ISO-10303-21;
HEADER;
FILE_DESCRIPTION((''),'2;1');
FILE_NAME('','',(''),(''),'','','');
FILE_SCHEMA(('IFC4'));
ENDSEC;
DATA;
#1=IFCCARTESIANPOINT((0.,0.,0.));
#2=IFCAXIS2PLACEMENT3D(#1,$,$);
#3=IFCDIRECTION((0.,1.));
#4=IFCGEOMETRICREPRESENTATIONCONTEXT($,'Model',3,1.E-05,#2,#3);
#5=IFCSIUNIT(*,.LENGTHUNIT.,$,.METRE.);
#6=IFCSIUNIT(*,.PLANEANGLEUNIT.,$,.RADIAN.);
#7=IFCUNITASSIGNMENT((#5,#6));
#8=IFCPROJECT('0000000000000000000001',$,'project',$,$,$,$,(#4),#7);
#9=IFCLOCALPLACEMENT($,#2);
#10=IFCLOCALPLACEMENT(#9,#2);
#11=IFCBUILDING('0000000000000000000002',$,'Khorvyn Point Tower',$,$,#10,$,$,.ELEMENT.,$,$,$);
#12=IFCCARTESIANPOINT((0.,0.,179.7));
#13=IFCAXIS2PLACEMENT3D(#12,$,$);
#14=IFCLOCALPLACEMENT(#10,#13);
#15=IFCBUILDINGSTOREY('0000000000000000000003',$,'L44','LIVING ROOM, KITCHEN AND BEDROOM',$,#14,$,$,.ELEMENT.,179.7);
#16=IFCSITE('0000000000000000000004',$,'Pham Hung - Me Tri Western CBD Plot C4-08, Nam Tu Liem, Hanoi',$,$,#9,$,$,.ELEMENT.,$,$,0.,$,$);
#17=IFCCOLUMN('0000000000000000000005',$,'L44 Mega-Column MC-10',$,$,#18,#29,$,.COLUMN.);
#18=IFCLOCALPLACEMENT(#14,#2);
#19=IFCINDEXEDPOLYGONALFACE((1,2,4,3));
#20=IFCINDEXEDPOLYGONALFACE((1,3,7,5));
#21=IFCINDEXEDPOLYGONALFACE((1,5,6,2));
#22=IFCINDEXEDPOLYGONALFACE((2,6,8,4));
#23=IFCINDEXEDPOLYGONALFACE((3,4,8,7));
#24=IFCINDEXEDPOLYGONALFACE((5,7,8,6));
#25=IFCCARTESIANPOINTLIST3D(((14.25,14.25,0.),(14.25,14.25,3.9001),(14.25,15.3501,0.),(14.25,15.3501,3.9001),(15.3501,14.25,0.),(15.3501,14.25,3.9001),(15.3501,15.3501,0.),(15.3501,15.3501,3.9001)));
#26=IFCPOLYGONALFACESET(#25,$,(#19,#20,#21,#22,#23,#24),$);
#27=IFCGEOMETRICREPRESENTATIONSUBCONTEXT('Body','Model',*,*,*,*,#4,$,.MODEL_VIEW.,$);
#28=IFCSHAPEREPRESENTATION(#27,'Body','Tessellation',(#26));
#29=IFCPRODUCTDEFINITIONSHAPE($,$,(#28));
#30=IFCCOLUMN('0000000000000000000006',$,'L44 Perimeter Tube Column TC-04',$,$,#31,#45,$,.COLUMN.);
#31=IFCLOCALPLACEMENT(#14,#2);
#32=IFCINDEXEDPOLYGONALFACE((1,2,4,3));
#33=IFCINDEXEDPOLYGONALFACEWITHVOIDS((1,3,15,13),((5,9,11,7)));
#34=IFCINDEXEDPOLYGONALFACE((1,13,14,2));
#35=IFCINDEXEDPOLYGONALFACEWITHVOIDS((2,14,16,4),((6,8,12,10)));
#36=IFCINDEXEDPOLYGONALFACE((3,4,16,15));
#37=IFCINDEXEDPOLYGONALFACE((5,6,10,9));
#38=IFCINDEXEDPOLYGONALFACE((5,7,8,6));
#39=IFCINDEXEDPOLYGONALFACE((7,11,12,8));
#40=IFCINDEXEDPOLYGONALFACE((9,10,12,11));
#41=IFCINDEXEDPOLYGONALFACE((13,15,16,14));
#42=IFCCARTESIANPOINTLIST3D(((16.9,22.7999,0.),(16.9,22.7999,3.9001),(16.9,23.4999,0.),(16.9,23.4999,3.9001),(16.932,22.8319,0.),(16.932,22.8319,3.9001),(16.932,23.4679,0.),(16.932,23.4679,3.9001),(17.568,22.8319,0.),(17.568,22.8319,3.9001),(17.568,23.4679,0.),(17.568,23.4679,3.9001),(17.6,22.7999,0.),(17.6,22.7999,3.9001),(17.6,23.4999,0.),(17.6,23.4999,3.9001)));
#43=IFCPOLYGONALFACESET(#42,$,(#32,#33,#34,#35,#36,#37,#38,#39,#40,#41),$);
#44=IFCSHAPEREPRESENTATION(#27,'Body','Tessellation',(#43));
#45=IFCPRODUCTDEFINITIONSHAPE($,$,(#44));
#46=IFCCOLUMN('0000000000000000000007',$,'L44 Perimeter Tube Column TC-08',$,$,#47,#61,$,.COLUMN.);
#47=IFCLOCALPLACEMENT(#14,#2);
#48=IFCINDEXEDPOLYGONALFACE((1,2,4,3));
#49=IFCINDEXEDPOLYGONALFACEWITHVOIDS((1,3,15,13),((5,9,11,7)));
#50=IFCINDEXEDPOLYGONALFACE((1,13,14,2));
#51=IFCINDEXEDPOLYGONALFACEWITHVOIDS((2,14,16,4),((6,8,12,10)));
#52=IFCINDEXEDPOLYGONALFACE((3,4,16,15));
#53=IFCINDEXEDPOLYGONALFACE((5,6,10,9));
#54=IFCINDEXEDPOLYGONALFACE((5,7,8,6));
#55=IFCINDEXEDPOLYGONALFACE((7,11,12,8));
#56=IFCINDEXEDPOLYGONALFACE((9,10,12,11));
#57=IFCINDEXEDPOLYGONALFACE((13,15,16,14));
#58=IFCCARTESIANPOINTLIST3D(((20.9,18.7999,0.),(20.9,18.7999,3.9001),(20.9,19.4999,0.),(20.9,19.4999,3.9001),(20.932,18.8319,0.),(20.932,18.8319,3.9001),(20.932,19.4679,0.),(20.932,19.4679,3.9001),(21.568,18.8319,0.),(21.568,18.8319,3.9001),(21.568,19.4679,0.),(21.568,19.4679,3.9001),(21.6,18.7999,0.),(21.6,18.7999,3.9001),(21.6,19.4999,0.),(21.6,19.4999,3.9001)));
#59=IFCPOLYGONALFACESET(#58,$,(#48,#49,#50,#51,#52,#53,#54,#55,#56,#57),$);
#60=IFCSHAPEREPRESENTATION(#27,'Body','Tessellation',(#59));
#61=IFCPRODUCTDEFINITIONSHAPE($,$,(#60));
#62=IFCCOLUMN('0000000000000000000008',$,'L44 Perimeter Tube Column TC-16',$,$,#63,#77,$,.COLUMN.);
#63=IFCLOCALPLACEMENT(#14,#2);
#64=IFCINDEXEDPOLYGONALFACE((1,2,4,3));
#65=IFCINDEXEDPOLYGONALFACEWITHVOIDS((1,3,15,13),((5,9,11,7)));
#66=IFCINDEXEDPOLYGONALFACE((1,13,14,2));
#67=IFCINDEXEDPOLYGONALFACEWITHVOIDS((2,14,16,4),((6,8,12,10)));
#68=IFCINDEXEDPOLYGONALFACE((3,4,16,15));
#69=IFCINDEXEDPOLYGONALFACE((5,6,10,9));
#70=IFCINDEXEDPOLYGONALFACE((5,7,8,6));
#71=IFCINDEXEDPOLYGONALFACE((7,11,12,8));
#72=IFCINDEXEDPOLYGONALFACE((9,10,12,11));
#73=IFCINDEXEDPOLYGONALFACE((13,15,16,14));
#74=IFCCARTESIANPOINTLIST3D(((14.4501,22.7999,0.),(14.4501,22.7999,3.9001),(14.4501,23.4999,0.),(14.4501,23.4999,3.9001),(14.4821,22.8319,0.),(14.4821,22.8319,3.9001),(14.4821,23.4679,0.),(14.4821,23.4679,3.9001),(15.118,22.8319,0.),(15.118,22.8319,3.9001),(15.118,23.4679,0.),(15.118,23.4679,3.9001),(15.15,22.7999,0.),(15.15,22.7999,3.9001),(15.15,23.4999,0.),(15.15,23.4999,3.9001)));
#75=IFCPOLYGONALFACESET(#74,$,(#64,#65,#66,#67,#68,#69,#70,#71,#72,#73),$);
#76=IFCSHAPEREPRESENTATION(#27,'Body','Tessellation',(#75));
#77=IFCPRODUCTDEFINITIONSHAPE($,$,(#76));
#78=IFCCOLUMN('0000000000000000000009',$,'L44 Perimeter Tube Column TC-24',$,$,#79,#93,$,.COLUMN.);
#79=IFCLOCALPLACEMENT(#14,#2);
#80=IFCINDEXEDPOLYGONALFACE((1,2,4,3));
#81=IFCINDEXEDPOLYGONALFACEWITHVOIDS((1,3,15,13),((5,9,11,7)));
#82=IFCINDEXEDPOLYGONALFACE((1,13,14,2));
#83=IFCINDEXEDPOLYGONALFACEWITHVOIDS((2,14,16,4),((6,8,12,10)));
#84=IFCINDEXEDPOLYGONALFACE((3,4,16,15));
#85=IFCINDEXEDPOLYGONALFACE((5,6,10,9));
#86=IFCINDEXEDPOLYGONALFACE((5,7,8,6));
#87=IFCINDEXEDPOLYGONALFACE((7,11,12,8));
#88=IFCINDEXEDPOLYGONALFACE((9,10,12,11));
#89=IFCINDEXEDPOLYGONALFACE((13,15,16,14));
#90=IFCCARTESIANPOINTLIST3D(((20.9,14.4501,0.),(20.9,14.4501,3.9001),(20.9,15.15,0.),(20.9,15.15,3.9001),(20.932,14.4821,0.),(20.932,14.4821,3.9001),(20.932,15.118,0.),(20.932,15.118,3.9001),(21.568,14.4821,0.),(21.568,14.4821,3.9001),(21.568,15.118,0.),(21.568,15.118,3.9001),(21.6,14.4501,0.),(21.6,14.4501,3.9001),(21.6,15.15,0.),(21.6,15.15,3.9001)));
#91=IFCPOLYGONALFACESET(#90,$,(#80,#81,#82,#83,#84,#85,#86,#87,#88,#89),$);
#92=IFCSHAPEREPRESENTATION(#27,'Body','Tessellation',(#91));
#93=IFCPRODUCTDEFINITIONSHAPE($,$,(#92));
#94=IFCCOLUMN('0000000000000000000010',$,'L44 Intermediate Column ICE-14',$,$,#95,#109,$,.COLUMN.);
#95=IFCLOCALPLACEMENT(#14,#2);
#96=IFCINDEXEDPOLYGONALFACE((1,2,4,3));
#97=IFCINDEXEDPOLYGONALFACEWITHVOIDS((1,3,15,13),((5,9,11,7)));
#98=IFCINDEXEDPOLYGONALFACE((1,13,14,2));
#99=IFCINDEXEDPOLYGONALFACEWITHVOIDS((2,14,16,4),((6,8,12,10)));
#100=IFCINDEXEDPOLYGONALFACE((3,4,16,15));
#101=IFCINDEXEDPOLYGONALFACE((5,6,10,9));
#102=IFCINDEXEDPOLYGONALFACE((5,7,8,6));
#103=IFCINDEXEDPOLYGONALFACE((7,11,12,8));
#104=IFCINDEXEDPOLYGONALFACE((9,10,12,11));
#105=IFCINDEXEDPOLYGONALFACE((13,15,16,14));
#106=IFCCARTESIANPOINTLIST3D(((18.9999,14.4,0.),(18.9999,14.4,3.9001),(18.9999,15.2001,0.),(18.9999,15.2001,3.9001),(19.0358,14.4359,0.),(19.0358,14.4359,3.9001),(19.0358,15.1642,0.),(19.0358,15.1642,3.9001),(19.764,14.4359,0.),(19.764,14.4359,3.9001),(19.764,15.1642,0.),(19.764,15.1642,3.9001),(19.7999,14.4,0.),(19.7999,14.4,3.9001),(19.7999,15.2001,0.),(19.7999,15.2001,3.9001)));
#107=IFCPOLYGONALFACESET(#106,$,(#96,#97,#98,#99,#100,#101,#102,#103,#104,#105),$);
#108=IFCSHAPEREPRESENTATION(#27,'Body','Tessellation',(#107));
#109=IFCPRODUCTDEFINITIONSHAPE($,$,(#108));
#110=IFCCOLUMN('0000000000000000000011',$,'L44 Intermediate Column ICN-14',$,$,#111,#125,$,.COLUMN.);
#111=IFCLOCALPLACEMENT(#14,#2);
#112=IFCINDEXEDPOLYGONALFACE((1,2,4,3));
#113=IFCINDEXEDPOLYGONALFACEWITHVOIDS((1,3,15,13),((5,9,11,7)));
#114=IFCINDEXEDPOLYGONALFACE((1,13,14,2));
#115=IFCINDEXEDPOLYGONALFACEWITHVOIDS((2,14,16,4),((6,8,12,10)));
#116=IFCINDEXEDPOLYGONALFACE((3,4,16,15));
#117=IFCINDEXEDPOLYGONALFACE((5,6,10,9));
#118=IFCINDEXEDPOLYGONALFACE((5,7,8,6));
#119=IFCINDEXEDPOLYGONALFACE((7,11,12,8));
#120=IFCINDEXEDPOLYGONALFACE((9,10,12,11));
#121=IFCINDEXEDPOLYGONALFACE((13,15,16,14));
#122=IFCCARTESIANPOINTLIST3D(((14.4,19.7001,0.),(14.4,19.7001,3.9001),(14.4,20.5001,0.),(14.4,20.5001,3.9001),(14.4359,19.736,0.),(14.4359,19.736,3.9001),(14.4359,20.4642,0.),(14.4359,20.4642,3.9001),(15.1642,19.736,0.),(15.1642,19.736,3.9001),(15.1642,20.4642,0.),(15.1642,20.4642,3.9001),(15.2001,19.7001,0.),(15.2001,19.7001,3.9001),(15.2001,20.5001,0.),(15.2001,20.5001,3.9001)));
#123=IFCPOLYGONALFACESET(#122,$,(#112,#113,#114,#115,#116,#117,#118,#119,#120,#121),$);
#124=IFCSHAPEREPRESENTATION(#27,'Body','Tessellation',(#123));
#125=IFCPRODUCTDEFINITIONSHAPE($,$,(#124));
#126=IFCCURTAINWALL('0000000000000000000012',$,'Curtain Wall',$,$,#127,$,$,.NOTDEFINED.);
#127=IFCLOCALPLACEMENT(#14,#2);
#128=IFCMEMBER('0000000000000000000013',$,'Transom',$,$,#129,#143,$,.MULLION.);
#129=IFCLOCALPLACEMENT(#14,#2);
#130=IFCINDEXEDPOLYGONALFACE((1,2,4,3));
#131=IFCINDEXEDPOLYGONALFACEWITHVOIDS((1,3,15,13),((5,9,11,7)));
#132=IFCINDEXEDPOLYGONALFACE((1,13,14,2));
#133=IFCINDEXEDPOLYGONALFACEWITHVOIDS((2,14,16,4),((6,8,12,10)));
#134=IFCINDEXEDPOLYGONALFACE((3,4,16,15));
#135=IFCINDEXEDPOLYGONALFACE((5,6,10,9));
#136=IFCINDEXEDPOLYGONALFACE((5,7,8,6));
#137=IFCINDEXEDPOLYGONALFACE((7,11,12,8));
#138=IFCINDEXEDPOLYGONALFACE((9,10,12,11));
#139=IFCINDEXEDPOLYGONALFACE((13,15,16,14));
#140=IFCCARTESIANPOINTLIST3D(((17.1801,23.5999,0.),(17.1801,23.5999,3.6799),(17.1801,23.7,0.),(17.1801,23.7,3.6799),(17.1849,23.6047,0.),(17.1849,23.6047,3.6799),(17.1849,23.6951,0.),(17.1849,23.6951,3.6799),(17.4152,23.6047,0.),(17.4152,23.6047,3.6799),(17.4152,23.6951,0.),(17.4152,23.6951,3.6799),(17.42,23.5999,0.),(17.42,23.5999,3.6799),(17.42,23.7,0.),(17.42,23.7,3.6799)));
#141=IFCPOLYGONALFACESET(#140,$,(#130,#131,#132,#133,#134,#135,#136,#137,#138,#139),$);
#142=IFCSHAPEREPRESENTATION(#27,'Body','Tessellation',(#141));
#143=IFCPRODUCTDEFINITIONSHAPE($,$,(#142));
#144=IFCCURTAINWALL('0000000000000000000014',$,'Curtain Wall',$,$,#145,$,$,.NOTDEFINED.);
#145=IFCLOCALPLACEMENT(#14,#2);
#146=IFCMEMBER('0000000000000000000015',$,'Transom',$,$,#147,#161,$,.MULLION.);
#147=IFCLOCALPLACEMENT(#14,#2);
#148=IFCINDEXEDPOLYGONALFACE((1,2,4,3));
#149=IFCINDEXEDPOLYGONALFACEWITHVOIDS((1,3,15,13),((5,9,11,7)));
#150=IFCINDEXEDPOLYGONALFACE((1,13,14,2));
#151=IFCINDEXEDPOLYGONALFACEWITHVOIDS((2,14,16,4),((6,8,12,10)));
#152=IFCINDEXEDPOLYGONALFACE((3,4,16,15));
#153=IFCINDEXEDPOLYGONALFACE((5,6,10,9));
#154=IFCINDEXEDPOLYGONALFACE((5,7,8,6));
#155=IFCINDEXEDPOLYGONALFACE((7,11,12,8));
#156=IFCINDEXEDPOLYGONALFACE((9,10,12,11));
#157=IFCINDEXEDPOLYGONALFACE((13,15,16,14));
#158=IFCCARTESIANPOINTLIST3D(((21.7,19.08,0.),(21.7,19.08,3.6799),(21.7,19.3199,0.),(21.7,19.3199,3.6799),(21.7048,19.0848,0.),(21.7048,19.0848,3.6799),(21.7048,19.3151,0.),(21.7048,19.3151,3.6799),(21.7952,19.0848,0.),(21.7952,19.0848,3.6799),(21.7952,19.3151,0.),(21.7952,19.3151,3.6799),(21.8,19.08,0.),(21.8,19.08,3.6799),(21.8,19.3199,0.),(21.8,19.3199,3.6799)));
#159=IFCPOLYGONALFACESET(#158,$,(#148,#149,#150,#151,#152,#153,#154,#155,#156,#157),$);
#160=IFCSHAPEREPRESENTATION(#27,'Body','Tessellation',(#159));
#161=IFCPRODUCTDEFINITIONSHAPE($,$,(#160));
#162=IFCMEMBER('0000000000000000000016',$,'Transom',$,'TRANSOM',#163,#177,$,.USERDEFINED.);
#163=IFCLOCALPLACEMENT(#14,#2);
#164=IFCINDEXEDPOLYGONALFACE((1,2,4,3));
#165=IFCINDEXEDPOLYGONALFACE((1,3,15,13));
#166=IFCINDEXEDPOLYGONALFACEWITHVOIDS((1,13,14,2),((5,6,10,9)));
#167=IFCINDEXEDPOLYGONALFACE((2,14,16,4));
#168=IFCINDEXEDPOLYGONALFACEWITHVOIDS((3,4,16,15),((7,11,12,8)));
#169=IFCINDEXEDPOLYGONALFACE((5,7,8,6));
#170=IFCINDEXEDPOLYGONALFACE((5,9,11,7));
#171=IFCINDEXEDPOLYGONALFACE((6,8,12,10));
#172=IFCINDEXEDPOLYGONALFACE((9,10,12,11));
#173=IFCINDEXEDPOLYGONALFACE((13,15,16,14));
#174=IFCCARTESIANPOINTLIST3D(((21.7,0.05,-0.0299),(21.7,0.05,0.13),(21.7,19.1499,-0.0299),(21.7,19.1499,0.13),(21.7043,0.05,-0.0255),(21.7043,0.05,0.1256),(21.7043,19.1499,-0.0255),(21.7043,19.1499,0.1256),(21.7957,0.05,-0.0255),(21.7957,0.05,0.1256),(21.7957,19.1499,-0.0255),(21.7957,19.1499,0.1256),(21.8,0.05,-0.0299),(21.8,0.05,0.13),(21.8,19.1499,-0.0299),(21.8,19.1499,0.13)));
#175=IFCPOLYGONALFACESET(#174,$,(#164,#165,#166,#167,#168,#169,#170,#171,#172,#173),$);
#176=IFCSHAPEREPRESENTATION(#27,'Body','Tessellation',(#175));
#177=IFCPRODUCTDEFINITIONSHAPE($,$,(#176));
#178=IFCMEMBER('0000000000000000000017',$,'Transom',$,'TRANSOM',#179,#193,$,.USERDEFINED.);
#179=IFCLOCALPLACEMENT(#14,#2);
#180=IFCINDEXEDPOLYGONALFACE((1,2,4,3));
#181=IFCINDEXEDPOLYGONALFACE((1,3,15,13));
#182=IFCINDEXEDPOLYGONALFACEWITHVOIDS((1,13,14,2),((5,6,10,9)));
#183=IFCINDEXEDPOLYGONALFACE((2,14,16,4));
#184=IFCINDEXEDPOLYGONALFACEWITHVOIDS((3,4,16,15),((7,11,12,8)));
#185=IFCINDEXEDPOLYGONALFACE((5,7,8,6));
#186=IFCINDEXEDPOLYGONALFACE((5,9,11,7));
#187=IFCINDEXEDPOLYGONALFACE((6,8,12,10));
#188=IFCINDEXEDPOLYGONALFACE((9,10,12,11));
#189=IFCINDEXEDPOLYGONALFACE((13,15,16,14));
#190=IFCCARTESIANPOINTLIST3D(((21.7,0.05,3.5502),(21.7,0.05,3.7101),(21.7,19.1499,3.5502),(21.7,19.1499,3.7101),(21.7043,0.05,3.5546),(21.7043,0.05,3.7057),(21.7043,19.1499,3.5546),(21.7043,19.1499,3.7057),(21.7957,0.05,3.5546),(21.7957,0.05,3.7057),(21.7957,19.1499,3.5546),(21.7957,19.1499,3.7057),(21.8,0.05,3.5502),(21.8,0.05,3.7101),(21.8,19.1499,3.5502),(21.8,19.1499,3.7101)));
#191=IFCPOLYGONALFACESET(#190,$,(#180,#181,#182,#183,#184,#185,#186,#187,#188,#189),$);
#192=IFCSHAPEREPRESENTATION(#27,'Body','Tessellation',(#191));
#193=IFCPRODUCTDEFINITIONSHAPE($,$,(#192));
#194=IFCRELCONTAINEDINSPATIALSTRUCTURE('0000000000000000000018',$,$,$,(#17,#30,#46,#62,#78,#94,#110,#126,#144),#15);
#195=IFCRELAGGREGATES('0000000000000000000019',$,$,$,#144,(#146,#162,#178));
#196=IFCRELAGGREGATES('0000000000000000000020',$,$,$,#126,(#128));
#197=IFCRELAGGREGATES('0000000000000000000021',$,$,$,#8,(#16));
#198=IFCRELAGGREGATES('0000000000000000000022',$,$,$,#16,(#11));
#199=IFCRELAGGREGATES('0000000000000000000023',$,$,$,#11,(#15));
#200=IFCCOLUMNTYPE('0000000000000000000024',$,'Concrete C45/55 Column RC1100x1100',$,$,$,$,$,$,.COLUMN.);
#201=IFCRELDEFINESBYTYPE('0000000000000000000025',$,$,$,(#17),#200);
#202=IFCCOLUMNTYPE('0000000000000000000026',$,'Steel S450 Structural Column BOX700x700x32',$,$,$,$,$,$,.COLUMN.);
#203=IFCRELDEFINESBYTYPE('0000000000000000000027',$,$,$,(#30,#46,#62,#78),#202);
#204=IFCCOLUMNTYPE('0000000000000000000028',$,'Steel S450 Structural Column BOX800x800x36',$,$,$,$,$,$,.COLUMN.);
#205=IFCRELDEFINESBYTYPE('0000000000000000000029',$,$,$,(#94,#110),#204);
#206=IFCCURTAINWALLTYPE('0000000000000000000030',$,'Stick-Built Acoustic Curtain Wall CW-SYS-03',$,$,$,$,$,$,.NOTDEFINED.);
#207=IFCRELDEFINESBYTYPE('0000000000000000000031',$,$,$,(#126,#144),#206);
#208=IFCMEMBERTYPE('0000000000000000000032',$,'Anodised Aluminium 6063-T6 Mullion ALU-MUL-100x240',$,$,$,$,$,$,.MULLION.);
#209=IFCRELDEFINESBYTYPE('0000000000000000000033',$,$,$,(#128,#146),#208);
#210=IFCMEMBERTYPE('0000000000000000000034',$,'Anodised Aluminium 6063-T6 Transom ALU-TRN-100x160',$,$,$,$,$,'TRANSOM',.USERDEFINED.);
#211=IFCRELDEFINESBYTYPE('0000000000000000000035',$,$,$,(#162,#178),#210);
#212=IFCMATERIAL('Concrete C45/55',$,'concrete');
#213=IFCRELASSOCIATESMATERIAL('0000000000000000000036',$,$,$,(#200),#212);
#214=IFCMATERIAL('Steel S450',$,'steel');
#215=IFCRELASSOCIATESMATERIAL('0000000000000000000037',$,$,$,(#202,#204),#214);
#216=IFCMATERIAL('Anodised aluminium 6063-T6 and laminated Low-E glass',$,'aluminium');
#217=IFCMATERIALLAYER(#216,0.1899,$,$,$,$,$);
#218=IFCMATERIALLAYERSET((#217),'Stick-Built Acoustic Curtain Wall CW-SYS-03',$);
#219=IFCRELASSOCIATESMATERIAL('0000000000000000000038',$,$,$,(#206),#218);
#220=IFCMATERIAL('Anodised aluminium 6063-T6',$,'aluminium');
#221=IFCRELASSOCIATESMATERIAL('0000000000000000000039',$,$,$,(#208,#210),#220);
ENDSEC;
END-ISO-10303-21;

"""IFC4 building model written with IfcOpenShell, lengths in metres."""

from ifc_helpers import new_model, si_unit, direction, frame, origin, origin_2d, place, context, subcontext, project, spatial, rectangle, hollow_rectangle, extrude, material, layer, layer_set, material_profile, profile_set, type_object, element, aggregate, save


model = new_model("IFC4")

# Units and contexts
model_context = context("Model", 3, precision=1e-05, world=origin(), true_north=direction((0.0, 1.0)))
body_context = subcontext(model_context, "Body", "Model", "MODEL_VIEW")
ifc_project = project(units=[si_unit("LENGTHUNIT", "METRE"), si_unit("PLANEANGLEUNIT", "RADIAN")], contexts=[model_context])

# Site, building, storey
site_placement = place(None, origin())
site = spatial("IfcSite", under=ifc_project, at=site_placement, Name="Pham Hung - Me Tri Western CBD Plot C4-08, Nam Tu Liem, Hanoi", CompositionType="ELEMENT", RefElevation=0.0)
building_placement = place(site_placement, origin())
building = spatial("IfcBuilding", under=site, at=building_placement, Name="Khorvyn Point Tower", CompositionType="ELEMENT")
storey_placement = place(building_placement, frame((0.0, 0.0, 179.7)))
storey = spatial("IfcBuildingStorey", under=building, at=storey_placement, Name="L44", Description="LIVING ROOM, KITCHEN AND BEDROOM", CompositionType="ELEMENT", Elevation=179.7)

# Columns
ifc_material_1 = material(Name="Concrete C45/55", Category="concrete")
ifc_material_profile_1 = material_profile(ifc_material_1, rectangle(XDim=1.1001, YDim=1.1001, at=origin_2d()))
ifc_profile_set_1 = profile_set([ifc_material_profile_1], Name="Concrete C45/55 RC1100x1100")
column_type_1 = type_object("IfcColumnType", Name="Concrete C45/55 Column RC1100x1100", PredefinedType="COLUMN", material=ifc_profile_set_1)
column_placement = place(storey_placement, frame((14.8, 14.8, 0.0), z_axis=(0.0, 0.0, 1.0), x_axis=(1.0, 0.0, 0.0)))
element("IfcColumn", 1, at=column_placement, inside=storey, type_object=column_type_1, Name="L44 Mega-Column MC-10", PredefinedType="COLUMN", context=body_context, shape_type="SweptSolid", body=[
    extrude(rectangle(XDim=1.1001, YDim=1.1001, at=origin_2d()), origin(), (0.0, 0.0, 1.0), 3.9001),
])
ifc_material_2 = material(Name="Steel S450", Category="steel")
ifc_material_profile_2 = material_profile(ifc_material_2, hollow_rectangle(XDim=0.7, YDim=0.7, WallThickness=0.032, at=origin_2d()))
ifc_profile_set_2 = profile_set([ifc_material_profile_2], Name="Steel S450 BOX700x700x32")
column_type_2 = type_object("IfcColumnType", Name="Steel S450 Structural Column BOX700x700x32", PredefinedType="COLUMN", material=ifc_profile_set_2)
for number, where, z_axis, x_axis, name in (
    (2, (17.25, 23.1499, 0.0), (0.0, 0.0, 1.0), (1.0, 0.0, 0.0), "L44 Perimeter Tube Column TC-04"),
    (3, (21.25, 19.1499, 0.0), (0.0, 0.0, 1.0), (1.0, 0.0, 0.0), "L44 Perimeter Tube Column TC-08"),
    (4, (14.8, 23.1499, 0.0), (0.0, 0.0, 1.0), (1.0, 0.0, 0.0), "L44 Perimeter Tube Column TC-16"),
    (5, (21.25, 14.8, 0.0), (0.0, 0.0, 1.0), (1.0, 0.0, 0.0), "L44 Perimeter Tube Column TC-24"),
):
    element("IfcColumn", number, at=place(storey_placement, frame(where, z_axis=z_axis, x_axis=x_axis)), inside=storey, type_object=column_type_2, Name=name, PredefinedType="COLUMN", context=body_context, shape_type="SweptSolid", body=[
        extrude(hollow_rectangle(XDim=0.7, YDim=0.7, WallThickness=0.032, at=origin_2d()), origin(), (0.0, 0.0, 1.0), 3.9001),
    ])
ifc_material_profile_3 = material_profile(ifc_material_2, hollow_rectangle(XDim=0.8, YDim=0.8, WallThickness=0.0359, at=origin_2d()))
ifc_profile_set_3 = profile_set([ifc_material_profile_3], Name="Steel S450 BOX800x800x36")
column_type_3 = type_object("IfcColumnType", Name="Steel S450 Structural Column BOX800x800x36", PredefinedType="COLUMN", material=ifc_profile_set_3)
for number, where, z_axis, x_axis, name in (
    (6, (19.3999, 14.8, 0.0), (0.0, 0.0, 1.0), (1.0, 0.0, 0.0), "L44 Intermediate Column ICE-14"),
    (7, (14.8, 20.1001, 0.0), (0.0, 0.0, 1.0), (1.0, 0.0, 0.0), "L44 Intermediate Column ICN-14"),
):
    element("IfcColumn", number, at=place(storey_placement, frame(where, z_axis=z_axis, x_axis=x_axis)), inside=storey, type_object=column_type_3, Name=name, PredefinedType="COLUMN", context=body_context, shape_type="SweptSolid", body=[
        extrude(hollow_rectangle(XDim=0.8, YDim=0.8, WallThickness=0.0359, at=origin_2d()), origin(), (0.0, 0.0, 1.0), 3.9001),
    ])

# Curtain wall, member
ifc_material_3 = material(Name="Anodised aluminium 6063-T6 and laminated Low-E glass", Category="aluminium")
ifc_layer_1 = layer(ifc_material_3, 0.1899)
ifc_layer_set_1 = layer_set([ifc_layer_1], Name="Stick-Built Acoustic Curtain Wall CW-SYS-03")
curtain_wall_type = type_object("IfcCurtainWallType", Name="Stick-Built Acoustic Curtain Wall CW-SYS-03", PredefinedType="NOTDEFINED", material=ifc_layer_set_1)
curtain_wall_1_placement = place(storey_placement, origin())
curtain_wall_1 = element("IfcCurtainWall", 8, at=curtain_wall_1_placement, inside=storey, type_object=curtain_wall_type, Name="Curtain Wall", PredefinedType="NOTDEFINED")
ifc_material_4 = material(Name="Anodised aluminium 6063-T6", Category="aluminium")
ifc_material_profile_4 = material_profile(ifc_material_4, hollow_rectangle(XDim=0.1001, YDim=0.24, WallThickness=0.0049, at=origin_2d()))
ifc_profile_set_4 = profile_set([ifc_material_profile_4], Name="Anodised aluminium 6063-T6 ALU-MUL-100x240")
member_type_1 = type_object("IfcMemberType", Name="Anodised Aluminium 6063-T6 Mullion ALU-MUL-100x240", PredefinedType="MULLION", material=ifc_profile_set_4)
member_1_placement = place(storey_placement, frame((17.3, 23.6499, 0.0), z_axis=(0.0, 0.0, 1.0), x_axis=(0.0, 1.0, 0.0)))
member_1 = element("IfcMember", 9, at=member_1_placement, type_object=member_type_1, Name="Transom", PredefinedType="MULLION", context=body_context, shape_type="SweptSolid", body=[
    extrude(hollow_rectangle(XDim=0.1001, YDim=0.24, WallThickness=0.0049, at=origin_2d()), origin(), (0.0, 0.0, 1.0), 3.6799),
])

# Curtain wall, members
curtain_wall_2_placement = place(storey_placement, origin())
curtain_wall_2 = element("IfcCurtainWall", 10, at=curtain_wall_2_placement, inside=storey, type_object=curtain_wall_type, Name="Curtain Wall", PredefinedType="NOTDEFINED")
member_2_placement = place(storey_placement, frame((21.75, 19.2, 0.0), z_axis=(0.0, 0.0, 1.0), x_axis=(1.0, 0.0, 0.0)))
member_2 = element("IfcMember", 11, at=member_2_placement, type_object=member_type_1, Name="Transom", PredefinedType="MULLION", context=body_context, shape_type="SweptSolid", body=[
    extrude(hollow_rectangle(XDim=0.1001, YDim=0.24, WallThickness=0.0049, at=origin_2d()), origin(), (0.0, 0.0, 1.0), 3.6799),
])
ifc_material_profile_5 = material_profile(ifc_material_4, hollow_rectangle(XDim=0.1001, YDim=0.1599, WallThickness=0.0044, at=origin_2d()))
ifc_profile_set_5 = profile_set([ifc_material_profile_5], Name="Anodised aluminium 6063-T6 ALU-TRN-100x160")
member_type_2 = type_object("IfcMemberType", Name="Anodised Aluminium 6063-T6 Transom ALU-TRN-100x160", ElementType="TRANSOM", PredefinedType="USERDEFINED", material=ifc_profile_set_5)
member_3_placement = place(storey_placement, frame((21.75, 19.1499, 0.05), z_axis=(0.0, -1.0, 0.0), x_axis=(1.0, 0.0, 0.0)))
member_3 = element("IfcMember", 12, at=member_3_placement, type_object=member_type_2, Name="Transom", ObjectType="TRANSOM", PredefinedType="USERDEFINED", context=body_context, shape_type="SweptSolid", body=[
    extrude(hollow_rectangle(XDim=0.1001, YDim=0.1599, WallThickness=0.0044, at=origin_2d()), origin(), (0.0, 0.0, 1.0), 19.0999),
])
member_4_placement = place(storey_placement, frame((21.75, 19.1499, 3.6301), z_axis=(0.0, -1.0, 0.0), x_axis=(1.0, 0.0, 0.0)))
member_4 = element("IfcMember", 13, at=member_4_placement, type_object=member_type_2, Name="Transom", ObjectType="TRANSOM", PredefinedType="USERDEFINED", context=body_context, shape_type="SweptSolid", body=[
    extrude(hollow_rectangle(XDim=0.1001, YDim=0.1599, WallThickness=0.0044, at=origin_2d()), origin(), (0.0, 0.0, 1.0), 19.0999),
])
aggregate(curtain_wall_2, [member_2, member_3, member_4])

aggregate(curtain_wall_1, [member_1])

save(model, "model.ifc")
